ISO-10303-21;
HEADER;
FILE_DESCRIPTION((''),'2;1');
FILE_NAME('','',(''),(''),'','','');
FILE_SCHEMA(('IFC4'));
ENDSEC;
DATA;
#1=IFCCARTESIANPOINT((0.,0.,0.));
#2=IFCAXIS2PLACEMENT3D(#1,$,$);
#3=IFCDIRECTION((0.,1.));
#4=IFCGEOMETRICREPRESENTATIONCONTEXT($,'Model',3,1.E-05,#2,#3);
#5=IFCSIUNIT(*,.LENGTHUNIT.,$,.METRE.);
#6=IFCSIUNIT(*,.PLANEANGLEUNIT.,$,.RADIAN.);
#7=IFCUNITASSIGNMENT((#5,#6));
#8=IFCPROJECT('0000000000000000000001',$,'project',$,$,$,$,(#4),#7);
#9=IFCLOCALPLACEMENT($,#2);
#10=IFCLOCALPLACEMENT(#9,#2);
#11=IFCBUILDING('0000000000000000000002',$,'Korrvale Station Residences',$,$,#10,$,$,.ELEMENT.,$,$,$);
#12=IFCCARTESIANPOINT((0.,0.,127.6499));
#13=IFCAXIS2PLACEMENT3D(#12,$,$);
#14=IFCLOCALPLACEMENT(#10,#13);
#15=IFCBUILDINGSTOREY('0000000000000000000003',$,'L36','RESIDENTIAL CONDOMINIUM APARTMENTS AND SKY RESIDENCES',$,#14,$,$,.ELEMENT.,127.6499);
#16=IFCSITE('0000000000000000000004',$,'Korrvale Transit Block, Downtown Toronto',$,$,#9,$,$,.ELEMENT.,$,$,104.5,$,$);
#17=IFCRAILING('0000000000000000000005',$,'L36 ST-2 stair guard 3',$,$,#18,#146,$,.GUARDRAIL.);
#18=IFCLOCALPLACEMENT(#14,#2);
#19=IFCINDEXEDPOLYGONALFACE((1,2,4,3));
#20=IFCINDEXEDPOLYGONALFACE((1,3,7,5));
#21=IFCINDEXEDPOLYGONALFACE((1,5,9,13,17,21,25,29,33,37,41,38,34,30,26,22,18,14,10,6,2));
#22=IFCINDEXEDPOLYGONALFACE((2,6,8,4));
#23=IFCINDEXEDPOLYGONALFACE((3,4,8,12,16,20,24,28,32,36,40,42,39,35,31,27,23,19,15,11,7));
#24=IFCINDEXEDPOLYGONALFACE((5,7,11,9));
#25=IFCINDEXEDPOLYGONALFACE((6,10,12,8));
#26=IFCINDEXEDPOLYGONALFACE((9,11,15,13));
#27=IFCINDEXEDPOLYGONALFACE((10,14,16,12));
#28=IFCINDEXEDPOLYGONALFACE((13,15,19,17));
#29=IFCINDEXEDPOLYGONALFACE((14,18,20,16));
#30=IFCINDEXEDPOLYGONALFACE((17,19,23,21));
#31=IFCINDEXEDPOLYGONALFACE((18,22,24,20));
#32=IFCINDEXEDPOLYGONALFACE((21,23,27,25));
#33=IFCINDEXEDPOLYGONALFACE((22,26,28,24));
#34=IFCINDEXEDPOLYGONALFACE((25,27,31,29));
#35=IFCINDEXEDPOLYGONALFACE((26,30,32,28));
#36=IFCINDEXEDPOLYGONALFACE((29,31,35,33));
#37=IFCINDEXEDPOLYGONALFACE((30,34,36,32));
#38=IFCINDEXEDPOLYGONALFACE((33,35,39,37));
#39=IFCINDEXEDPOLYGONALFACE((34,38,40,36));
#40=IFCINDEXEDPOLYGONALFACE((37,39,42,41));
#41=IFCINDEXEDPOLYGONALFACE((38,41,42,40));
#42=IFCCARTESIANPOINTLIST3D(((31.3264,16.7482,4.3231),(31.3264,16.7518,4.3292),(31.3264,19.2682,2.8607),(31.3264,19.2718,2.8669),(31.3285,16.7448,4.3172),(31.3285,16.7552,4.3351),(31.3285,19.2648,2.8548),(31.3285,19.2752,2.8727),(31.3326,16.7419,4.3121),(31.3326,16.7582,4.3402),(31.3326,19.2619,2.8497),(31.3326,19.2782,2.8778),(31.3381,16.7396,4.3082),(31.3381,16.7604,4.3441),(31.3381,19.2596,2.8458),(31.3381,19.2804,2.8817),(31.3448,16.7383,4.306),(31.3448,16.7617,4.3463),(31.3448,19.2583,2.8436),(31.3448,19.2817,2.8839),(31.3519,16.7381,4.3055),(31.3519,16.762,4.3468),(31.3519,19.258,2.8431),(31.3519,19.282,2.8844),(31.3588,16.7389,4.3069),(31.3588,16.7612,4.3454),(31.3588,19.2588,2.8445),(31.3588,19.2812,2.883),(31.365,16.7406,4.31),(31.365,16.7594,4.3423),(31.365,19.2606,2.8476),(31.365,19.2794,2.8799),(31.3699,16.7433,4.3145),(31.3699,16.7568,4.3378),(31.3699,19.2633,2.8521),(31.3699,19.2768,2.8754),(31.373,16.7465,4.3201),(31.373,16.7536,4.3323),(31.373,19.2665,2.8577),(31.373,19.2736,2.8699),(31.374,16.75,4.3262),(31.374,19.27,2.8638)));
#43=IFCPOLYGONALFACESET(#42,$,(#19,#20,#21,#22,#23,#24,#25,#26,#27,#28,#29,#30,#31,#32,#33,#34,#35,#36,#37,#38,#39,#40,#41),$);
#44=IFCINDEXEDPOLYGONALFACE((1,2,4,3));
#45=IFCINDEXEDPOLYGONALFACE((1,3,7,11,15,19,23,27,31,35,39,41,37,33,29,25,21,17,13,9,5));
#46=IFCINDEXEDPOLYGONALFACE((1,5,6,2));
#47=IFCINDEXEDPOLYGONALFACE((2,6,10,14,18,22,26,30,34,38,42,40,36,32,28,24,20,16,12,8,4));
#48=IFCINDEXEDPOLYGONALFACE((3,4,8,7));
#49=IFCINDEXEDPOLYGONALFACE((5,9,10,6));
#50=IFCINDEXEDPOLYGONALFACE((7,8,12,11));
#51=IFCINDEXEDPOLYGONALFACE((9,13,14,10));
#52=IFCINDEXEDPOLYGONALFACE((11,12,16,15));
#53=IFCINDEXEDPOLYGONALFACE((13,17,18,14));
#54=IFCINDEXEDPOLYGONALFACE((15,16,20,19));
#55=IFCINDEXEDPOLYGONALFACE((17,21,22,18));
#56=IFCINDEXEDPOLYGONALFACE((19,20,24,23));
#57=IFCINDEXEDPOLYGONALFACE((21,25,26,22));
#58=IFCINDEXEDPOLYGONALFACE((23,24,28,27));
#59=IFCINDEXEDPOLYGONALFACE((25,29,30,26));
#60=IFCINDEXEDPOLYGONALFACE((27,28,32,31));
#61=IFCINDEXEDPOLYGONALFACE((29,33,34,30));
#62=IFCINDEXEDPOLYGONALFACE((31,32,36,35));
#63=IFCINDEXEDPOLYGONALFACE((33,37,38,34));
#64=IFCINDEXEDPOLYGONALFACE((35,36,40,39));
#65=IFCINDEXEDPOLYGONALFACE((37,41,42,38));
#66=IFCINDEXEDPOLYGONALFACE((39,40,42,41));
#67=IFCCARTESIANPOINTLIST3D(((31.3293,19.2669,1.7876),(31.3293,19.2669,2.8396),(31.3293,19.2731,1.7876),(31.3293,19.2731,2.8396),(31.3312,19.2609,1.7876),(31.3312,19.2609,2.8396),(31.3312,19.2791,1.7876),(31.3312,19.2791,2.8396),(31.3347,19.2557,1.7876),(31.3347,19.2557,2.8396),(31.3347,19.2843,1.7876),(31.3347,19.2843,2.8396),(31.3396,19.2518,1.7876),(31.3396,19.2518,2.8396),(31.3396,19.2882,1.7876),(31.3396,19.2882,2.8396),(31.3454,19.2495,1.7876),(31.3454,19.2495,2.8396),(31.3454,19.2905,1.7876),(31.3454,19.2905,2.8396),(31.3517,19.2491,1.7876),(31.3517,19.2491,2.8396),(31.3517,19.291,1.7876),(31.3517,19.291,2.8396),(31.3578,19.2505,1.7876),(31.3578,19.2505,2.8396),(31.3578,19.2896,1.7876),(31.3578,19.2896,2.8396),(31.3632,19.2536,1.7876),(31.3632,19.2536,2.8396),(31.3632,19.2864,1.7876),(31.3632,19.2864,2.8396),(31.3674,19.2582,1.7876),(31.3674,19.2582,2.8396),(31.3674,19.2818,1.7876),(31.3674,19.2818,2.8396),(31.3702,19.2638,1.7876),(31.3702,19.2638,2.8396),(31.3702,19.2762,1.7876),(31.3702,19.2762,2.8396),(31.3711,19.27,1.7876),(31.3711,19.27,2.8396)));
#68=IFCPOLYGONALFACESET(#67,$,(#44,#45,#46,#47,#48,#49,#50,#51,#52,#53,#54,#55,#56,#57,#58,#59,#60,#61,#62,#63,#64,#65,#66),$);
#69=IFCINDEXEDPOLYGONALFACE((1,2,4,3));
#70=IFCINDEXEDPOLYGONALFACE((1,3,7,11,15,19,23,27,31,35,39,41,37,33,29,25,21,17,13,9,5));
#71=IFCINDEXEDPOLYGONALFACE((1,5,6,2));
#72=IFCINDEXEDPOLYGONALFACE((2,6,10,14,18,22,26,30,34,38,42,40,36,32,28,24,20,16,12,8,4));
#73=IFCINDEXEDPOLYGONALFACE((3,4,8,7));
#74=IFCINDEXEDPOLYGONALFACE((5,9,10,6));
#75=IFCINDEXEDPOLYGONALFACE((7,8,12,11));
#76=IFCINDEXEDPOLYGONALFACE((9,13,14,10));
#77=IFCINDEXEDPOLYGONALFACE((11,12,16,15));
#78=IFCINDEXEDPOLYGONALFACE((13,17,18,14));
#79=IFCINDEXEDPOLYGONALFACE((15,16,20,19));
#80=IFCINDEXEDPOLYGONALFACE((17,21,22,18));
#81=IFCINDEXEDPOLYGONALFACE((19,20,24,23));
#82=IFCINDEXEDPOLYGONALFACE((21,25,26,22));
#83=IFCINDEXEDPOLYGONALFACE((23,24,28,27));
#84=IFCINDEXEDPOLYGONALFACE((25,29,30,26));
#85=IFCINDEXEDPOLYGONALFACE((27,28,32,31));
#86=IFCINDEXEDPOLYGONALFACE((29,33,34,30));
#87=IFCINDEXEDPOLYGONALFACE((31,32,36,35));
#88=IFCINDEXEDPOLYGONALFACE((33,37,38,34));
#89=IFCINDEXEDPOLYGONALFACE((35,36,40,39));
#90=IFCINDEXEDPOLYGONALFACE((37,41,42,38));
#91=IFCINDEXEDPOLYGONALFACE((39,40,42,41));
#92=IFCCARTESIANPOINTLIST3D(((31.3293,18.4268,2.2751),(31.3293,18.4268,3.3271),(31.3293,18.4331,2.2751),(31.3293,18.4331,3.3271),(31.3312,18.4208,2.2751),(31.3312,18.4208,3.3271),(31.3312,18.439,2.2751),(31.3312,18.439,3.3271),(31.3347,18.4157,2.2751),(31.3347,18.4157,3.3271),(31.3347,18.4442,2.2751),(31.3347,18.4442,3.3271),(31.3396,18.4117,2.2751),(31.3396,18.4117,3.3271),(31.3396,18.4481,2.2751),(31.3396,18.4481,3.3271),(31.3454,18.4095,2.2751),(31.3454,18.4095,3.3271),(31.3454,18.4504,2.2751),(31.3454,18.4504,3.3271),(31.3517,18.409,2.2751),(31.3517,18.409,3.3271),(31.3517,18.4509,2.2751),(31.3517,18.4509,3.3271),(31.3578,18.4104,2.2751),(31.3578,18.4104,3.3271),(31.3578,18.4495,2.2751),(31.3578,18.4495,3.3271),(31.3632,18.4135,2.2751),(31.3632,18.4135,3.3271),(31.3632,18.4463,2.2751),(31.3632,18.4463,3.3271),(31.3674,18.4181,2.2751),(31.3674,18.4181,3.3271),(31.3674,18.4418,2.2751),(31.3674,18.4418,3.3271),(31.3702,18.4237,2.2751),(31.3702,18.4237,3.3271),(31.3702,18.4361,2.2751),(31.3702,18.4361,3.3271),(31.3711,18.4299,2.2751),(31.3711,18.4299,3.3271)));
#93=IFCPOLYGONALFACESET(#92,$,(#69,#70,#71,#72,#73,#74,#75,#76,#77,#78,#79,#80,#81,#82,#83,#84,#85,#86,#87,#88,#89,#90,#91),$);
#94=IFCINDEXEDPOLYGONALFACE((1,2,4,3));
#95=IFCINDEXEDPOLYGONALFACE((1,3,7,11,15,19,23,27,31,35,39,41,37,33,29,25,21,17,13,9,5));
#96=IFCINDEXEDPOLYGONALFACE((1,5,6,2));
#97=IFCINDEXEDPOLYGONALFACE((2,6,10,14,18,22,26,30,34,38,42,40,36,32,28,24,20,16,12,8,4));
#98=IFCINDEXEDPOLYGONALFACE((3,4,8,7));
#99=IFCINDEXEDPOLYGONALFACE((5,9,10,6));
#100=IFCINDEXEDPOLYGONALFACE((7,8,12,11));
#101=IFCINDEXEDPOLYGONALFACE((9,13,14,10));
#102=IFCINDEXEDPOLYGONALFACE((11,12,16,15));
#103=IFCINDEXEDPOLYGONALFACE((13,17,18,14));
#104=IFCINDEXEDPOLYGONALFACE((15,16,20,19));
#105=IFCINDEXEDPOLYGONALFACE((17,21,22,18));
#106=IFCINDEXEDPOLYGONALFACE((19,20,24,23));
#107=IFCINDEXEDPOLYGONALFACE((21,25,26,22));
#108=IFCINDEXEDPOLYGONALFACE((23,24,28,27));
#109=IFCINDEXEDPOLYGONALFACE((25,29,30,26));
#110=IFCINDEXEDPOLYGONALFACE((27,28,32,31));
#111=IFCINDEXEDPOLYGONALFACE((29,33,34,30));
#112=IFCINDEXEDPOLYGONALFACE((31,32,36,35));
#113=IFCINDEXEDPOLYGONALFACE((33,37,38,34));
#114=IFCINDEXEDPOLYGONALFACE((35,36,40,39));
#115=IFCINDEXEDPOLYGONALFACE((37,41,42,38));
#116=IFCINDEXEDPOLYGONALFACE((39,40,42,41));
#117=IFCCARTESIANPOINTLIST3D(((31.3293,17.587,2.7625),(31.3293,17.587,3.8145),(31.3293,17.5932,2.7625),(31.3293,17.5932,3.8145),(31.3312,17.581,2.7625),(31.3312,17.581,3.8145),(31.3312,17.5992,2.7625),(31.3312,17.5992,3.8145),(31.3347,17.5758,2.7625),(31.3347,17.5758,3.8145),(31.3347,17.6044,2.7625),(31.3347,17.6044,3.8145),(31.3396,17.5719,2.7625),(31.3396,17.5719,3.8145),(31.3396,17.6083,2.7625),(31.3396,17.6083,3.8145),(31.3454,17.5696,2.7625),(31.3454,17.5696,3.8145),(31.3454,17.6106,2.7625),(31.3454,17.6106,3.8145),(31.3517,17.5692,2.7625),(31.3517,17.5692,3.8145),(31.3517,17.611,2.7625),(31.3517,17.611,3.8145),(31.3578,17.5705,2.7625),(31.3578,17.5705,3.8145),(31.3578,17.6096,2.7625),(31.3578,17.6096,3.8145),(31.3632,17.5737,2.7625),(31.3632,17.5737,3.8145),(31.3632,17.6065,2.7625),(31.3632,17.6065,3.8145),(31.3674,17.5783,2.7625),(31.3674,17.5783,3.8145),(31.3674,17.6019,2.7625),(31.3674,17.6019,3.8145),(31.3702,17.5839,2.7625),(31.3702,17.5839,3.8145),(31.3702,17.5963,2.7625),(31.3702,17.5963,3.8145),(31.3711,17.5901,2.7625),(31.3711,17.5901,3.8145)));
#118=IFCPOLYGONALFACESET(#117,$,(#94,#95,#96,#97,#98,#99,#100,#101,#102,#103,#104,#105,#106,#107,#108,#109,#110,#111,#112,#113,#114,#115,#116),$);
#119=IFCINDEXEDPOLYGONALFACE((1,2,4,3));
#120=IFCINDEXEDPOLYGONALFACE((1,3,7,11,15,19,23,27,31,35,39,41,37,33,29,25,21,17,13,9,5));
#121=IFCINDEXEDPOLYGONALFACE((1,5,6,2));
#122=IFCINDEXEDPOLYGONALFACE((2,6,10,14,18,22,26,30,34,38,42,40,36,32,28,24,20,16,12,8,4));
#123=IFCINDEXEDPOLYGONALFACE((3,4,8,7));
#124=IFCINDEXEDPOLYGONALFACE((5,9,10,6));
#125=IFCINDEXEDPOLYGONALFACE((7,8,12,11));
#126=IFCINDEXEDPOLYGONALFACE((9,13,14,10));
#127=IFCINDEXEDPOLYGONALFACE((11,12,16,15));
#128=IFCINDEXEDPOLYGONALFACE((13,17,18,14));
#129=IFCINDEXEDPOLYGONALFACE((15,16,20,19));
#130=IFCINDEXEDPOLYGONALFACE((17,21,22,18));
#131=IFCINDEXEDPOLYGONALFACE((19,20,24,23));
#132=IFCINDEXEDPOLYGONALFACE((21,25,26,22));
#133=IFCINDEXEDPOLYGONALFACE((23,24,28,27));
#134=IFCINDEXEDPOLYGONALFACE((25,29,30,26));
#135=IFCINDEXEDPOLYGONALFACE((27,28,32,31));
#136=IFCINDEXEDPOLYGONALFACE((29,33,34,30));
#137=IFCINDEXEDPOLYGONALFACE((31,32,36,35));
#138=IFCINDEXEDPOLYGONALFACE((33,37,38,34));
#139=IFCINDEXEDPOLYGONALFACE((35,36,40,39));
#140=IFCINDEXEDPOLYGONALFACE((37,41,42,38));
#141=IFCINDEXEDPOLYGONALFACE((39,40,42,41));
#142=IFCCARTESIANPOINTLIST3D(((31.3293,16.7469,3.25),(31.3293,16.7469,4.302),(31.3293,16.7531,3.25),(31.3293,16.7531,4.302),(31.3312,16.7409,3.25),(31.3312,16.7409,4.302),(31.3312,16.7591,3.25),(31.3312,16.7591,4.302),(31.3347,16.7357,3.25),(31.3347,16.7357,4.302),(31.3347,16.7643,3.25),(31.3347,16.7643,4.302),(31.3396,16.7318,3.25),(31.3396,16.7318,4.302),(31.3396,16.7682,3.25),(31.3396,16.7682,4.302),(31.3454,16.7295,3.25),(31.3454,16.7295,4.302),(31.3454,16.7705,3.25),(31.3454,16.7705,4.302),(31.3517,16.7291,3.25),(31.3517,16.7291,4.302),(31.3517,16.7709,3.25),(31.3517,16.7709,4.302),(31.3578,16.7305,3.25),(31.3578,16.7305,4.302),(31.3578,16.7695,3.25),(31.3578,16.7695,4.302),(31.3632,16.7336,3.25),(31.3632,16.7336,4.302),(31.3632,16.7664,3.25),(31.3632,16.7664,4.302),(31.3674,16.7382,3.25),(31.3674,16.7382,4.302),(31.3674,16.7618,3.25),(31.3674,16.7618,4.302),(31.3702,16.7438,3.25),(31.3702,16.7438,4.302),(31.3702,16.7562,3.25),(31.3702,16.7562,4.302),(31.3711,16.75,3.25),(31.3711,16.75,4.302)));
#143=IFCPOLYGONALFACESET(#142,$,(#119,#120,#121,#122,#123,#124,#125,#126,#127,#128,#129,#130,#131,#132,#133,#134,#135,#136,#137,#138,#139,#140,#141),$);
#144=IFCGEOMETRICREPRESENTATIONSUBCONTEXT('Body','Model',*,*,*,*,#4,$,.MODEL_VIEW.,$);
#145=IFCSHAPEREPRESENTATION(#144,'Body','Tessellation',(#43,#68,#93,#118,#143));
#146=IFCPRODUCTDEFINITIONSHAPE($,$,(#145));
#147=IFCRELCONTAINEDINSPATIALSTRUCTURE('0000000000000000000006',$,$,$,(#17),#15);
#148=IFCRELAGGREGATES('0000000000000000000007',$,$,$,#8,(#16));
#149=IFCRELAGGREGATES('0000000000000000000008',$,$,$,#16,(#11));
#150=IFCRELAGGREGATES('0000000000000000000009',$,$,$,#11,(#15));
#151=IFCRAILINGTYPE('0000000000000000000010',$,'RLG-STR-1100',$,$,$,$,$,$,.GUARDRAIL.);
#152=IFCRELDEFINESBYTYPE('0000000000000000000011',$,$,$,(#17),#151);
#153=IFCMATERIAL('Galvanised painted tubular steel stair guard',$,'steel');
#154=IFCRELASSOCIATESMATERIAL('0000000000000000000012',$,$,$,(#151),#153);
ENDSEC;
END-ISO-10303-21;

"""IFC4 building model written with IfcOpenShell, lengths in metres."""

from ifc_helpers import new_model, si_unit, direction, frame, origin, origin_2d, place, context, subcontext, project, spatial, circle, extrude, material, type_object, element, save


model = new_model("IFC4")

# Units and contexts
model_context = context("Model", 3, precision=1e-05, world=origin(), true_north=direction((0.0, 1.0)))
body_context = subcontext(model_context, "Body", "Model", "MODEL_VIEW")
ifc_project = project(units=[si_unit("LENGTHUNIT", "METRE"), si_unit("PLANEANGLEUNIT", "RADIAN")], contexts=[model_context])

# Site, building, storey
site_placement = place(None, origin())
site = spatial("IfcSite", under=ifc_project, at=site_placement, Name="Korrvale Transit Block, Downtown Toronto", CompositionType="ELEMENT", RefElevation=104.5)
building_placement = place(site_placement, origin())
building = spatial("IfcBuilding", under=site, at=building_placement, Name="Korrvale Station Residences", CompositionType="ELEMENT")
storey_placement = place(building_placement, frame((0.0, 0.0, 127.6499)))
storey = spatial("IfcBuildingStorey", under=building, at=storey_placement, Name="L36", Description="RESIDENTIAL CONDOMINIUM APARTMENTS AND SKY RESIDENCES", CompositionType="ELEMENT", Elevation=127.6499)

# Railing
ifc_material_1 = material(Name="Galvanised painted tubular steel stair guard", Category="steel")
railing_type_1 = type_object("IfcRailingType", Name="RLG-STR-1100", PredefinedType="GUARDRAIL", material=ifc_material_1)
railing_1_placement = place(storey_placement, frame((31.3501, 19.27, 1.7876)))
element("IfcRailing", 1, at=railing_1_placement, inside=storey, type_object=railing_type_1, Name="L36 ST-2 stair guard 3", PredefinedType="GUARDRAIL", context=body_context, shape_type="SweptSolid", body=[
    extrude(circle(Radius=0.0239, at=origin_2d()), frame((0.0, 0.0, 1.0762), z_axis=(0.0, -0.864913, 0.501921), x_axis=(1.0, 0.0, 0.0)), (0.0, 0.0, 1.0), 2.9136),
    extrude(circle(Radius=0.021, at=origin_2d()), origin(), (0.0, 0.0, 1.0), 1.052),
    extrude(circle(Radius=0.021, at=origin_2d()), frame((0.0, -0.8401, 0.4875)), (0.0, 0.0, 1.0), 1.052),
    extrude(circle(Radius=0.021, at=origin_2d()), frame((0.0, -1.6799, 0.9749)), (0.0, 0.0, 1.0), 1.052),
    extrude(circle(Radius=0.021, at=origin_2d()), frame((0.0, -2.52, 1.4624)), (0.0, 0.0, 1.0), 1.052),
])

save(model, "model.ifc")
